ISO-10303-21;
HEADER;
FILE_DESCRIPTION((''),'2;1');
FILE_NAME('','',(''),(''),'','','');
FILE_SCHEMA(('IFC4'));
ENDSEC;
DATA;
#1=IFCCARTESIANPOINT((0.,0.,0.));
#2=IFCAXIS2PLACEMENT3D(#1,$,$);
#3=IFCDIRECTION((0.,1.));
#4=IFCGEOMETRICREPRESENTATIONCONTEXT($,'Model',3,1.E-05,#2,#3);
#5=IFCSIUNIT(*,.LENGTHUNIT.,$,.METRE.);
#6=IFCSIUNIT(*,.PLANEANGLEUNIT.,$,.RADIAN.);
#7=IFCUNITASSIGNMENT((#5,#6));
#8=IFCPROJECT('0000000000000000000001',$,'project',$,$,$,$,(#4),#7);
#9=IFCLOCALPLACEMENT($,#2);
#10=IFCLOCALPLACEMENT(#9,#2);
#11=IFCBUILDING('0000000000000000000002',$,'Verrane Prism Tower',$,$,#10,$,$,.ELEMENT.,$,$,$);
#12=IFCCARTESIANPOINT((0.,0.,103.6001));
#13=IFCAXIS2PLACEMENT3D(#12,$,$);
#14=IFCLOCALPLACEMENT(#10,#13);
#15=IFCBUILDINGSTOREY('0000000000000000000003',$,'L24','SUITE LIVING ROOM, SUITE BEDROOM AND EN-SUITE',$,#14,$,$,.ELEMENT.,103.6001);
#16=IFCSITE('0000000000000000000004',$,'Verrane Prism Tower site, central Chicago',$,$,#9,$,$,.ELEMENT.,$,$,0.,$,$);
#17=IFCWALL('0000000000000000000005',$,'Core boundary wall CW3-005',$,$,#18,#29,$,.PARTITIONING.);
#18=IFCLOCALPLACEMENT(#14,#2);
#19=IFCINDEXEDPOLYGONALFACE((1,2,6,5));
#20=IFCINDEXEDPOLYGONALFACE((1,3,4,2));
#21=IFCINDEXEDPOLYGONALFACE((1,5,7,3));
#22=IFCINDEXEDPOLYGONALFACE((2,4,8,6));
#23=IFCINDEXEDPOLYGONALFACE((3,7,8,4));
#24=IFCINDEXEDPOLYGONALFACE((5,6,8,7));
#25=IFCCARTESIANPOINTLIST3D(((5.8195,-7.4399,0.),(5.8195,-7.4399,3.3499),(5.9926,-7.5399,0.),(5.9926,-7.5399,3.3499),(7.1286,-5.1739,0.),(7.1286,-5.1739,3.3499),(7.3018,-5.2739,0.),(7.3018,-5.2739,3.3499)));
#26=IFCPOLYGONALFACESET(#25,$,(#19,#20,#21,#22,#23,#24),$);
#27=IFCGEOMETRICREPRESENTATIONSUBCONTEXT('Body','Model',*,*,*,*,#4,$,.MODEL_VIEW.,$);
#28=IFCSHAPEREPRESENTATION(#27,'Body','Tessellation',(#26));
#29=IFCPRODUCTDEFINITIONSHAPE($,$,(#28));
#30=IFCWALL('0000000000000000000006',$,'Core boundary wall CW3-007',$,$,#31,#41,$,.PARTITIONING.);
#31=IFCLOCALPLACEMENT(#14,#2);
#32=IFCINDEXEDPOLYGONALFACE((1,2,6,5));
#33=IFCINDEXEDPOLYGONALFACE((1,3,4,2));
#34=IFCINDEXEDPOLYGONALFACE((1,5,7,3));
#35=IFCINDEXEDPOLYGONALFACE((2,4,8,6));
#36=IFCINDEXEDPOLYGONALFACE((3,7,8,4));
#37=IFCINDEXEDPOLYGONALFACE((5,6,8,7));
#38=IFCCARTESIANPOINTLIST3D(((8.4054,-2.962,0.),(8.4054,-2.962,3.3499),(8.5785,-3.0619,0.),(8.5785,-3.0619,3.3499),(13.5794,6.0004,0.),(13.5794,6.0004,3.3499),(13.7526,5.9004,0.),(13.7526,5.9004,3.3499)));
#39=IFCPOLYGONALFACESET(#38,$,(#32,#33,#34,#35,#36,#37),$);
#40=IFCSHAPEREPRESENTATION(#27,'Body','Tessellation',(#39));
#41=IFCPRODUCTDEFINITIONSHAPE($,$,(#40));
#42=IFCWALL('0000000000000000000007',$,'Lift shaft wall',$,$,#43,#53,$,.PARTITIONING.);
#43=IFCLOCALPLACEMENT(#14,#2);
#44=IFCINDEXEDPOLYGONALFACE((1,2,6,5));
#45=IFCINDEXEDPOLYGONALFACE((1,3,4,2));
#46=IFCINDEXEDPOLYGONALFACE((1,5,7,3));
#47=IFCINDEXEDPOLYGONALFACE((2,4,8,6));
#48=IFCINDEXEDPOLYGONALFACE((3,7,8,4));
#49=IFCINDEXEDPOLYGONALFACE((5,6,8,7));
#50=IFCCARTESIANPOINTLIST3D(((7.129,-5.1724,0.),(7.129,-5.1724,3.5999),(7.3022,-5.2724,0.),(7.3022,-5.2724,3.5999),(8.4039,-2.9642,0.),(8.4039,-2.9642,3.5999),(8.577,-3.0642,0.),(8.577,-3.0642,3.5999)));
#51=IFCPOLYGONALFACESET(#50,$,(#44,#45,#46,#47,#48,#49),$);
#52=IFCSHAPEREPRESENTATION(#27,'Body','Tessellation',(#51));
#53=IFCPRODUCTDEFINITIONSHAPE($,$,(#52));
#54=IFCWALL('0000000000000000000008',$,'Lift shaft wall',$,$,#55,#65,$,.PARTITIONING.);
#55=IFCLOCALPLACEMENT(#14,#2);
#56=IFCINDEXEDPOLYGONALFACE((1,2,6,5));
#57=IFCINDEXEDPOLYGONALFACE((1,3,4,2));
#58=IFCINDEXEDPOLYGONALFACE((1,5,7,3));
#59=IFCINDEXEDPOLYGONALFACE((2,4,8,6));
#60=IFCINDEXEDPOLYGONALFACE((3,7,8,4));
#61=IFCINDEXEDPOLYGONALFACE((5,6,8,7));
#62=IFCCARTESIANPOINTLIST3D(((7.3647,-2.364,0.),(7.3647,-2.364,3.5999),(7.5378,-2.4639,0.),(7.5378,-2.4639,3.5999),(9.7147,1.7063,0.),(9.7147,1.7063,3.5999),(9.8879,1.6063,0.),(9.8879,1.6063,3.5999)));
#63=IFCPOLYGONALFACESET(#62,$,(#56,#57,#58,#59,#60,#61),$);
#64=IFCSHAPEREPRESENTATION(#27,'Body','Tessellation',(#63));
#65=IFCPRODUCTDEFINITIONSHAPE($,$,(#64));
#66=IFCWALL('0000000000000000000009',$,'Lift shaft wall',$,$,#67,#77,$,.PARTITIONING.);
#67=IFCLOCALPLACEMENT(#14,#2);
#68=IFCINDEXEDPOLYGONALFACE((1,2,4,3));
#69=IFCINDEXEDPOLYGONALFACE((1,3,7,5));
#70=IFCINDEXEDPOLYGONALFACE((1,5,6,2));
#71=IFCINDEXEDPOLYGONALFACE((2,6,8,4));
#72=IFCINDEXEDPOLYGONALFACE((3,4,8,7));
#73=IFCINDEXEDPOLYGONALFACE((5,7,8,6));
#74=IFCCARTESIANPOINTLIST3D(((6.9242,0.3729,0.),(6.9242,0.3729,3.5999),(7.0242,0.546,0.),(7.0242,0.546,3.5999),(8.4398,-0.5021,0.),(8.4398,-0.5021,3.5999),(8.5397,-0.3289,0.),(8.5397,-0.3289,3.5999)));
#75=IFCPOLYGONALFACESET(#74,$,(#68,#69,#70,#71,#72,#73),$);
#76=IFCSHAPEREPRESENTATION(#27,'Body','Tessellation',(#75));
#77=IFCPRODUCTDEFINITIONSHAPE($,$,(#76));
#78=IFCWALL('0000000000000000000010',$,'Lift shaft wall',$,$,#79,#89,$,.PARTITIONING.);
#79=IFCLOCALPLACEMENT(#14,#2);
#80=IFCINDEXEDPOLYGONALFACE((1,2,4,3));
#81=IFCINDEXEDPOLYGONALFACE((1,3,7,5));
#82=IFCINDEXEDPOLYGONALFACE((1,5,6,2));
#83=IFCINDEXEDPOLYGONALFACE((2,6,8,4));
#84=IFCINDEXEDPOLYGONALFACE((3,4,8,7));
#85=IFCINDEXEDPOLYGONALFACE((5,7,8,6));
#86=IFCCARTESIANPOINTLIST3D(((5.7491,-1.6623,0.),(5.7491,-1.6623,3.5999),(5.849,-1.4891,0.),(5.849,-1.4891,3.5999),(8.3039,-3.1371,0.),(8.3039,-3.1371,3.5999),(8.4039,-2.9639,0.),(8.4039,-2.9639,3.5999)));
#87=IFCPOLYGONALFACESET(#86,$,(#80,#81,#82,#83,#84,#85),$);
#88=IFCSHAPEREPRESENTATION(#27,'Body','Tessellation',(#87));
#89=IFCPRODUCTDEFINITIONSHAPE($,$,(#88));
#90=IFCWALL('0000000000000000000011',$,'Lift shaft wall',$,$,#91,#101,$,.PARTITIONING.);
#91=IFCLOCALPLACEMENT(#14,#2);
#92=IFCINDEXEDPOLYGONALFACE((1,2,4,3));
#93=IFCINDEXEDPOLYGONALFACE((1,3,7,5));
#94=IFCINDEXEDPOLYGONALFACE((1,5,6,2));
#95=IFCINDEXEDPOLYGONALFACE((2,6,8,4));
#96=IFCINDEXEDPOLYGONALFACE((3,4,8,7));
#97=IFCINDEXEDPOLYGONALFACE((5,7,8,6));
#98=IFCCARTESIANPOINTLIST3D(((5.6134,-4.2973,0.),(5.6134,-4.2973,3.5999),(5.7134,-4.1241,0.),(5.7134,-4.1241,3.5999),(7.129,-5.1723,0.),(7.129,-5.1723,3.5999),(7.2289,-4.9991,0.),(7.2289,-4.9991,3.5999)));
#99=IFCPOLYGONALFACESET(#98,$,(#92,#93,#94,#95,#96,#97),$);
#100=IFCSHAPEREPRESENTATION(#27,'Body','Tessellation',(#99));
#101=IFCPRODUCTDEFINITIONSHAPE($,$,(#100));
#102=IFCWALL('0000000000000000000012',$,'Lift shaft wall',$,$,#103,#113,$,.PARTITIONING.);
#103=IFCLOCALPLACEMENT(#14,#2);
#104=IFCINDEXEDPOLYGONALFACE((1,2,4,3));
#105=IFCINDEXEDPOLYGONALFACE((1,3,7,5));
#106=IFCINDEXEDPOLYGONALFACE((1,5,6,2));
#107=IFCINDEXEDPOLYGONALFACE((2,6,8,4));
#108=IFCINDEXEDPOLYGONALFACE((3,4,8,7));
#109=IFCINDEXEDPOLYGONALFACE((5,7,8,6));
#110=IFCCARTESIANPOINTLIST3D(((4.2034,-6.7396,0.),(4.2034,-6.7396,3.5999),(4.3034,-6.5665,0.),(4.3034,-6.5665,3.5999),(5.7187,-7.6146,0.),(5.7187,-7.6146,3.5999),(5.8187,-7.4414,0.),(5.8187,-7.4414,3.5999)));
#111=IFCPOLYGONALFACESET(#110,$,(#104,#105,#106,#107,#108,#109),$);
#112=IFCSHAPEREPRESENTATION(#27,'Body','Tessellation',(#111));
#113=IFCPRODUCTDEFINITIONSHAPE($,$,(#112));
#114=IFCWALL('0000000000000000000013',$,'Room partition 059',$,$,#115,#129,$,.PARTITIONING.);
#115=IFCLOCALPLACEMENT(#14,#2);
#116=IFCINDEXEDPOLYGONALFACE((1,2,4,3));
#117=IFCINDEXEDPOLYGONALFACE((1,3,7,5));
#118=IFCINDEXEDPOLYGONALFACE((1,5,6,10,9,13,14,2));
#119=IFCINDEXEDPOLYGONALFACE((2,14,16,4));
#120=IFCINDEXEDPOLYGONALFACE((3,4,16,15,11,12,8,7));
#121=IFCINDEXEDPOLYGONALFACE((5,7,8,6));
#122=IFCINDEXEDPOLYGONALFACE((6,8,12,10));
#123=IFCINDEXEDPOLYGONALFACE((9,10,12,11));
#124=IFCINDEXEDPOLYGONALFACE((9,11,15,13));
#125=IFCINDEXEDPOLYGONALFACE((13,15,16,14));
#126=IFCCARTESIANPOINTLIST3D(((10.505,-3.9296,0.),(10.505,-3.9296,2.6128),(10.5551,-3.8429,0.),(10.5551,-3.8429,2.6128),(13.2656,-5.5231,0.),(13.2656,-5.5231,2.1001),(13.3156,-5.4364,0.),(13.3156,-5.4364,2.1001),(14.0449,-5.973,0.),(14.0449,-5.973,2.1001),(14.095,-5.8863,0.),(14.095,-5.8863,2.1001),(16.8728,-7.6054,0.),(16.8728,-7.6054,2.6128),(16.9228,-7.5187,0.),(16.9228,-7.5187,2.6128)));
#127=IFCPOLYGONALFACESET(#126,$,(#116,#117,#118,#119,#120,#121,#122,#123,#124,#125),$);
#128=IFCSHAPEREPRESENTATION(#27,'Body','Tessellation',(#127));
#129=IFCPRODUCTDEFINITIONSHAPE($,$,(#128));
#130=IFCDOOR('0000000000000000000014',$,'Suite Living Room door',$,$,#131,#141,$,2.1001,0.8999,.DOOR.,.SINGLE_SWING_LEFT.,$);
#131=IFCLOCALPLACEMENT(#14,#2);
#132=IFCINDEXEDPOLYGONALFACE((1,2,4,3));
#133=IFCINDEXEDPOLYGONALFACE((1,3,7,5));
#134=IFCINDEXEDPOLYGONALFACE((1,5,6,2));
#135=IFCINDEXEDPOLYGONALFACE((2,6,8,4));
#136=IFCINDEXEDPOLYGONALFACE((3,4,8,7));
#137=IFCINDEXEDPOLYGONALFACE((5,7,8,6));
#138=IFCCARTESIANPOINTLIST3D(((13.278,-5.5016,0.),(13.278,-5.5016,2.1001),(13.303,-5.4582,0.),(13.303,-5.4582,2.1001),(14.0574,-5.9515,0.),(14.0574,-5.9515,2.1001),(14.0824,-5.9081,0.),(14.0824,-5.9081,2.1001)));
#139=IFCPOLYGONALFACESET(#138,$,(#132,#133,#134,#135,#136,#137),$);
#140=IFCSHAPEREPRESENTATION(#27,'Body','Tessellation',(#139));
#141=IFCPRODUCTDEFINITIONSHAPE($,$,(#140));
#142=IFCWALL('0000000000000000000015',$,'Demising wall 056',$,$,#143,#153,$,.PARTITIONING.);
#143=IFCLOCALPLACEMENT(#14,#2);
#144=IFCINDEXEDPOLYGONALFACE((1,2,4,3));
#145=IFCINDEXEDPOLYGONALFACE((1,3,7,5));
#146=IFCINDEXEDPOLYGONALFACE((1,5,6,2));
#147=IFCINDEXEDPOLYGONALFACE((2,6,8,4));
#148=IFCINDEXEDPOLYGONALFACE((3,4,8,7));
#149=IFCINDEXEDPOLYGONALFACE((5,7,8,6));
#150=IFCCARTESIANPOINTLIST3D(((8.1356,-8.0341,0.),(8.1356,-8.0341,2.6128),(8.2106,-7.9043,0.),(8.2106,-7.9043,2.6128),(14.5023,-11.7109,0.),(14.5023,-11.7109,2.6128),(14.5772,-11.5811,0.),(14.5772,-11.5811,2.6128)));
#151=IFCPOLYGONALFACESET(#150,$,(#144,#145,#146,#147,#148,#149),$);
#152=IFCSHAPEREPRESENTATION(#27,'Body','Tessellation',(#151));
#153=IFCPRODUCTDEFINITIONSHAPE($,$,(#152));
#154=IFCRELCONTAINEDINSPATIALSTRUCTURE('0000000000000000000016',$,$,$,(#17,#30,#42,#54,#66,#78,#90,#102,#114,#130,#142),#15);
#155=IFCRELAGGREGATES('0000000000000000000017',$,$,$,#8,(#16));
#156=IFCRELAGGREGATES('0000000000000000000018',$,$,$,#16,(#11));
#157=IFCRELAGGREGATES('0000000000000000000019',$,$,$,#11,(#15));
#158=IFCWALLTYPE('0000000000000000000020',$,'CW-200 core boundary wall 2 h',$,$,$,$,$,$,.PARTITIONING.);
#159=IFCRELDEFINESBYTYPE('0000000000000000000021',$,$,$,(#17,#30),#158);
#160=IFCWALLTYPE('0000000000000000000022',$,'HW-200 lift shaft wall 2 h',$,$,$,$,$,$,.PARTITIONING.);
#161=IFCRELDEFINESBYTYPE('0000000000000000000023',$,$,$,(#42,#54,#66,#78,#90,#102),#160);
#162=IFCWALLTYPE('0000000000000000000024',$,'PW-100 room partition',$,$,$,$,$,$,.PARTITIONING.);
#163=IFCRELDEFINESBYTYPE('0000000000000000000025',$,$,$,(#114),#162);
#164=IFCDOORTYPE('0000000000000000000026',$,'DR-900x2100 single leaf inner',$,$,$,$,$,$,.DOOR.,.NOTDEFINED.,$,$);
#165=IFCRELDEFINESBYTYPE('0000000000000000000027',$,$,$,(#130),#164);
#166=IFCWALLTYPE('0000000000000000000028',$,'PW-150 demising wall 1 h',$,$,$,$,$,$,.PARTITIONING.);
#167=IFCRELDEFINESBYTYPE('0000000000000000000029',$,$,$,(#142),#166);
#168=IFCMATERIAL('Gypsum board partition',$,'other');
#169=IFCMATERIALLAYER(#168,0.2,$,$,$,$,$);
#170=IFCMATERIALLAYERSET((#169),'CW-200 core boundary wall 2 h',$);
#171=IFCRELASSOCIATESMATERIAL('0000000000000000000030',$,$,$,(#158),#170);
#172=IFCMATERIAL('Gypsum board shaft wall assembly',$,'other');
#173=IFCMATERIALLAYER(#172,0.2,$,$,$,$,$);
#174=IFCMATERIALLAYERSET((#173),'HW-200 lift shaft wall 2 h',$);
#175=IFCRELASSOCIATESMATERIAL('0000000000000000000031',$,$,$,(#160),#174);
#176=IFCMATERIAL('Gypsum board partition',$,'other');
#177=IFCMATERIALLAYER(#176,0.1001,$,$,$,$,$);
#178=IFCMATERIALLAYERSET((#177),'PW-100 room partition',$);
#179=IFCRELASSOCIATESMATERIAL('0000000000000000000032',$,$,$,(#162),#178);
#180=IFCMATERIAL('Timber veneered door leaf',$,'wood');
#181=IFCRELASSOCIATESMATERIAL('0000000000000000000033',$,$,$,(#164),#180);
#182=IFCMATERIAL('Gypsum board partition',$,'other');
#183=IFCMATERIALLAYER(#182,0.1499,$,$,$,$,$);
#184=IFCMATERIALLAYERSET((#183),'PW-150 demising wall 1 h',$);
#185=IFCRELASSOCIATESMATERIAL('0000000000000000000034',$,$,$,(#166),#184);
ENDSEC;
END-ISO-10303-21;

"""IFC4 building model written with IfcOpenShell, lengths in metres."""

from ifc_helpers import new_model, si_unit, direction, frame, frame_2d, origin, place, context, subcontext, project, spatial, rectangle, extrude, material, layer, layer_set, type_object, element, fill, save


model = new_model("IFC4")

# Units and contexts
model_context = context("Model", 3, precision=1e-05, world=origin(), true_north=direction((0.0, 1.0)))
body_context = subcontext(model_context, "Body", "Model", "MODEL_VIEW")
ifc_project = project(units=[si_unit("LENGTHUNIT", "METRE"), si_unit("PLANEANGLEUNIT", "RADIAN")], contexts=[model_context])

# Site, building, storey
site_placement = place(None, origin())
site = spatial("IfcSite", under=ifc_project, at=site_placement, Name="Verrane Prism Tower site, central Chicago", CompositionType="ELEMENT", RefElevation=0.0)
building_placement = place(site_placement, origin())
building = spatial("IfcBuilding", under=site, at=building_placement, Name="Verrane Prism Tower", CompositionType="ELEMENT")
storey_placement = place(building_placement, frame((0.0, 0.0, 103.6001)))
storey = spatial("IfcBuildingStorey", under=building, at=storey_placement, Name="L24", Description="SUITE LIVING ROOM, SUITE BEDROOM AND EN-SUITE", CompositionType="ELEMENT", Elevation=103.6001)

# Walls
ifc_material_1 = material(Name="Gypsum board partition", Category="other")
ifc_layer_1 = layer(ifc_material_1, 0.2)
ifc_layer_set_1 = layer_set([ifc_layer_1], Name="CW-200 core boundary wall 2 h")
wall_type_1 = type_object("IfcWallType", Name="CW-200 core boundary wall 2 h", PredefinedType="PARTITIONING", material=ifc_layer_set_1)
wall_1_placement = place(storey_placement, frame((5.906, -7.49, 0.0), z_axis=(0.0, 0.0, 1.0), x_axis=(0.500253, 0.865879, 0.0)))
element("IfcWall", 1, at=wall_1_placement, inside=storey, type_object=wall_type_1, Name="Core boundary wall CW3-005", PredefinedType="PARTITIONING", context=body_context, shape_type="SweptSolid", body=[
    extrude(rectangle(XDim=2.6169, YDim=0.2, at=frame_2d((1.3086, 0.0))), origin(), (0.0, 0.0, 1.0), 3.3499),
])
wall_2_placement = place(storey_placement, frame((8.4919, -3.012, 0.0), z_axis=(0.0, 0.0, 1.0), x_axis=(0.499973, 0.866041, 0.0)))
element("IfcWall", 2, at=wall_2_placement, inside=storey, type_object=wall_type_1, Name="Core boundary wall CW3-007", PredefinedType="PARTITIONING", context=body_context, shape_type="SweptSolid", body=[
    extrude(rectangle(XDim=10.3486, YDim=0.2, at=frame_2d((5.1743, 0.0))), origin(), (0.0, 0.0, 1.0), 3.3499),
])
ifc_material_2 = material(Name="Gypsum board shaft wall assembly", Category="other")
ifc_layer_2 = layer(ifc_material_2, 0.2)
ifc_layer_set_2 = layer_set([ifc_layer_2], Name="HW-200 lift shaft wall 2 h")
wall_type_2 = type_object("IfcWallType", Name="HW-200 lift shaft wall 2 h", PredefinedType="PARTITIONING", material=ifc_layer_set_2)
wall_3_placement = place(storey_placement, frame((7.2156, -5.2224, 0.0), z_axis=(0.0, 0.0, 1.0), x_axis=(0.49999, 0.866031, 0.0)))
element("IfcWall", 3, at=wall_3_placement, inside=storey, type_object=wall_type_2, Name="Lift shaft wall", PredefinedType="PARTITIONING", context=body_context, shape_type="SweptSolid", body=[
    extrude(rectangle(XDim=2.5498, YDim=0.2, at=frame_2d((1.2749, 0.0))), origin(), (0.0, 0.0, 1.0), 3.5999),
])
wall_4_placement = place(storey_placement, frame((7.4512, -2.4141, 0.0), z_axis=(0.0, 0.0, 1.0), x_axis=(0.500016, 0.866016, 0.0)))
element("IfcWall", 4, at=wall_4_placement, inside=storey, type_object=wall_type_2, Name="Lift shaft wall", PredefinedType="PARTITIONING", context=body_context, shape_type="SweptSolid", body=[
    extrude(rectangle(XDim=4.7, YDim=0.2, at=frame_2d((2.3501, 0.0))), origin(), (0.0, 0.0, 1.0), 3.5999),
])
wall_5_placement = place(storey_placement, frame((8.4897, -0.4155, 0.0), z_axis=(0.0, 0.0, 1.0), x_axis=(-0.866037, 0.49998, 0.0)))
element("IfcWall", 5, at=wall_5_placement, inside=storey, type_object=wall_type_2, Name="Lift shaft wall", PredefinedType="PARTITIONING", context=body_context, shape_type="SweptSolid", body=[
    extrude(rectangle(XDim=1.75, YDim=0.2, at=frame_2d((0.875, 0.0))), origin(), (0.0, 0.0, 1.0), 3.5999),
])
wall_6_placement = place(storey_placement, frame((8.354, -3.0505, 0.0), z_axis=(0.0, 0.0, 1.0), x_axis=(-0.86606, 0.49994, 0.0)))
element("IfcWall", 6, at=wall_6_placement, inside=storey, type_object=wall_type_2, Name="Lift shaft wall", PredefinedType="PARTITIONING", context=body_context, shape_type="SweptSolid", body=[
    extrude(rectangle(XDim=2.95, YDim=0.2, at=frame_2d((1.4751, 0.0))), origin(), (0.0, 0.0, 1.0), 3.5999),
])
wall_7_placement = place(storey_placement, frame((7.179, -5.0857, 0.0), z_axis=(0.0, 0.0, 1.0), x_axis=(-0.866037, 0.49998, 0.0)))
element("IfcWall", 7, at=wall_7_placement, inside=storey, type_object=wall_type_2, Name="Lift shaft wall", PredefinedType="PARTITIONING", context=body_context, shape_type="SweptSolid", body=[
    extrude(rectangle(XDim=1.75, YDim=0.2, at=frame_2d((0.875, 0.0))), origin(), (0.0, 0.0, 1.0), 3.5999),
])
wall_8_placement = place(storey_placement, frame((5.7688, -7.5281, 0.0), z_axis=(0.0, 0.0, 1.0), x_axis=(-0.866002, 0.50004, 0.0)))
element("IfcWall", 8, at=wall_8_placement, inside=storey, type_object=wall_type_2, Name="Lift shaft wall", PredefinedType="PARTITIONING", context=body_context, shape_type="SweptSolid", body=[
    extrude(rectangle(XDim=1.7498, YDim=0.2, at=frame_2d((0.875, 0.0))), origin(), (0.0, 0.0, 1.0), 3.5999),
])

# Wall, opening, door
ifc_material_3 = material(Name="Gypsum board partition", Category="other")
ifc_layer_3 = layer(ifc_material_3, 0.1001)
ifc_layer_set_3 = layer_set([ifc_layer_3], Name="PW-100 room partition")
wall_type_3 = type_object("IfcWallType", Name="PW-100 room partition", PredefinedType="PARTITIONING", material=ifc_layer_set_3)
wall_9_placement = place(storey_placement, frame((10.53, -3.8862, 0.0), z_axis=(0.0, 0.0, 1.0), x_axis=(0.866061, -0.499939, 0.0)))
wall_9 = element("IfcWall", 9, at=wall_9_placement, inside=storey, type_object=wall_type_3, Name="Room partition 059", PredefinedType="PARTITIONING", context=body_context, shape_type="SweptSolid", body=[
    extrude(rectangle(XDim=7.3525, YDim=0.1001, at=frame_2d((3.6763, 0.0))), origin(), (0.0, 0.0, 1.0), 2.6128),
])
opening_1_placement = place(wall_9_placement, frame((3.1875, 0.0, 0.0)))
opening_1 = element("IfcOpeningElement", 10, at=opening_1_placement, cuts=wall_9, PredefinedType="OPENING", context=body_context, shape_type="SweptSolid", body=[
    extrude(rectangle(XDim=0.8999, YDim=2.1001, at=frame_2d((0.45, 1.05))), frame((0.0, 0.0601, 0.0), z_axis=(0.0, -1.0, 0.0), x_axis=(1.0, 0.0, 0.0)), (0.0, 0.0, 1.0), 0.1201),
])
ifc_material_4 = material(Name="Timber veneered door leaf", Category="wood")
door_type_1 = type_object("IfcDoorType", Name="DR-900x2100 single leaf inner", OperationType="NOTDEFINED", PredefinedType="DOOR", material=ifc_material_4)
door_1_placement = place(opening_1_placement, origin())
door_1 = element("IfcDoor", 11, at=door_1_placement, inside=storey, type_object=door_type_1, Name="Suite Living Room door", OperationType="SINGLE_SWING_LEFT", OverallHeight=2.1001, OverallWidth=0.8999, PredefinedType="DOOR", context=body_context, shape_type="SweptSolid", body=[
    extrude(rectangle(XDim=0.8999, YDim=2.1001, at=frame_2d((0.45, 1.05))), frame((0.0, 0.0249, 0.0), z_axis=(0.0, -1.0, 0.0), x_axis=(1.0, 0.0, 0.0)), (0.0, 0.0, 1.0), 0.05),
])
fill(opening_1, door_1)

# Wall
ifc_material_5 = material(Name="Gypsum board partition", Category="other")
ifc_layer_4 = layer(ifc_material_5, 0.1499)
ifc_layer_set_4 = layer_set([ifc_layer_4], Name="PW-150 demising wall 1 h")
wall_type_4 = type_object("IfcWallType", Name="PW-150 demising wall 1 h", PredefinedType="PARTITIONING", material=ifc_layer_set_4)
wall_10_placement = place(storey_placement, frame((8.1731, -7.9692, 0.0), z_axis=(0.0, 0.0, 1.0), x_axis=(0.86597, -0.500096, 0.0)))
element("IfcWall", 12, at=wall_10_placement, inside=storey, type_object=wall_type_4, Name="Demising wall 056", PredefinedType="PARTITIONING", context=body_context, shape_type="SweptSolid", body=[
    extrude(rectangle(XDim=7.3521, YDim=0.1499, at=frame_2d((3.676, 0.0))), origin(), (0.0, 0.0, 1.0), 2.6128),
])

save(model, "model.ifc")
